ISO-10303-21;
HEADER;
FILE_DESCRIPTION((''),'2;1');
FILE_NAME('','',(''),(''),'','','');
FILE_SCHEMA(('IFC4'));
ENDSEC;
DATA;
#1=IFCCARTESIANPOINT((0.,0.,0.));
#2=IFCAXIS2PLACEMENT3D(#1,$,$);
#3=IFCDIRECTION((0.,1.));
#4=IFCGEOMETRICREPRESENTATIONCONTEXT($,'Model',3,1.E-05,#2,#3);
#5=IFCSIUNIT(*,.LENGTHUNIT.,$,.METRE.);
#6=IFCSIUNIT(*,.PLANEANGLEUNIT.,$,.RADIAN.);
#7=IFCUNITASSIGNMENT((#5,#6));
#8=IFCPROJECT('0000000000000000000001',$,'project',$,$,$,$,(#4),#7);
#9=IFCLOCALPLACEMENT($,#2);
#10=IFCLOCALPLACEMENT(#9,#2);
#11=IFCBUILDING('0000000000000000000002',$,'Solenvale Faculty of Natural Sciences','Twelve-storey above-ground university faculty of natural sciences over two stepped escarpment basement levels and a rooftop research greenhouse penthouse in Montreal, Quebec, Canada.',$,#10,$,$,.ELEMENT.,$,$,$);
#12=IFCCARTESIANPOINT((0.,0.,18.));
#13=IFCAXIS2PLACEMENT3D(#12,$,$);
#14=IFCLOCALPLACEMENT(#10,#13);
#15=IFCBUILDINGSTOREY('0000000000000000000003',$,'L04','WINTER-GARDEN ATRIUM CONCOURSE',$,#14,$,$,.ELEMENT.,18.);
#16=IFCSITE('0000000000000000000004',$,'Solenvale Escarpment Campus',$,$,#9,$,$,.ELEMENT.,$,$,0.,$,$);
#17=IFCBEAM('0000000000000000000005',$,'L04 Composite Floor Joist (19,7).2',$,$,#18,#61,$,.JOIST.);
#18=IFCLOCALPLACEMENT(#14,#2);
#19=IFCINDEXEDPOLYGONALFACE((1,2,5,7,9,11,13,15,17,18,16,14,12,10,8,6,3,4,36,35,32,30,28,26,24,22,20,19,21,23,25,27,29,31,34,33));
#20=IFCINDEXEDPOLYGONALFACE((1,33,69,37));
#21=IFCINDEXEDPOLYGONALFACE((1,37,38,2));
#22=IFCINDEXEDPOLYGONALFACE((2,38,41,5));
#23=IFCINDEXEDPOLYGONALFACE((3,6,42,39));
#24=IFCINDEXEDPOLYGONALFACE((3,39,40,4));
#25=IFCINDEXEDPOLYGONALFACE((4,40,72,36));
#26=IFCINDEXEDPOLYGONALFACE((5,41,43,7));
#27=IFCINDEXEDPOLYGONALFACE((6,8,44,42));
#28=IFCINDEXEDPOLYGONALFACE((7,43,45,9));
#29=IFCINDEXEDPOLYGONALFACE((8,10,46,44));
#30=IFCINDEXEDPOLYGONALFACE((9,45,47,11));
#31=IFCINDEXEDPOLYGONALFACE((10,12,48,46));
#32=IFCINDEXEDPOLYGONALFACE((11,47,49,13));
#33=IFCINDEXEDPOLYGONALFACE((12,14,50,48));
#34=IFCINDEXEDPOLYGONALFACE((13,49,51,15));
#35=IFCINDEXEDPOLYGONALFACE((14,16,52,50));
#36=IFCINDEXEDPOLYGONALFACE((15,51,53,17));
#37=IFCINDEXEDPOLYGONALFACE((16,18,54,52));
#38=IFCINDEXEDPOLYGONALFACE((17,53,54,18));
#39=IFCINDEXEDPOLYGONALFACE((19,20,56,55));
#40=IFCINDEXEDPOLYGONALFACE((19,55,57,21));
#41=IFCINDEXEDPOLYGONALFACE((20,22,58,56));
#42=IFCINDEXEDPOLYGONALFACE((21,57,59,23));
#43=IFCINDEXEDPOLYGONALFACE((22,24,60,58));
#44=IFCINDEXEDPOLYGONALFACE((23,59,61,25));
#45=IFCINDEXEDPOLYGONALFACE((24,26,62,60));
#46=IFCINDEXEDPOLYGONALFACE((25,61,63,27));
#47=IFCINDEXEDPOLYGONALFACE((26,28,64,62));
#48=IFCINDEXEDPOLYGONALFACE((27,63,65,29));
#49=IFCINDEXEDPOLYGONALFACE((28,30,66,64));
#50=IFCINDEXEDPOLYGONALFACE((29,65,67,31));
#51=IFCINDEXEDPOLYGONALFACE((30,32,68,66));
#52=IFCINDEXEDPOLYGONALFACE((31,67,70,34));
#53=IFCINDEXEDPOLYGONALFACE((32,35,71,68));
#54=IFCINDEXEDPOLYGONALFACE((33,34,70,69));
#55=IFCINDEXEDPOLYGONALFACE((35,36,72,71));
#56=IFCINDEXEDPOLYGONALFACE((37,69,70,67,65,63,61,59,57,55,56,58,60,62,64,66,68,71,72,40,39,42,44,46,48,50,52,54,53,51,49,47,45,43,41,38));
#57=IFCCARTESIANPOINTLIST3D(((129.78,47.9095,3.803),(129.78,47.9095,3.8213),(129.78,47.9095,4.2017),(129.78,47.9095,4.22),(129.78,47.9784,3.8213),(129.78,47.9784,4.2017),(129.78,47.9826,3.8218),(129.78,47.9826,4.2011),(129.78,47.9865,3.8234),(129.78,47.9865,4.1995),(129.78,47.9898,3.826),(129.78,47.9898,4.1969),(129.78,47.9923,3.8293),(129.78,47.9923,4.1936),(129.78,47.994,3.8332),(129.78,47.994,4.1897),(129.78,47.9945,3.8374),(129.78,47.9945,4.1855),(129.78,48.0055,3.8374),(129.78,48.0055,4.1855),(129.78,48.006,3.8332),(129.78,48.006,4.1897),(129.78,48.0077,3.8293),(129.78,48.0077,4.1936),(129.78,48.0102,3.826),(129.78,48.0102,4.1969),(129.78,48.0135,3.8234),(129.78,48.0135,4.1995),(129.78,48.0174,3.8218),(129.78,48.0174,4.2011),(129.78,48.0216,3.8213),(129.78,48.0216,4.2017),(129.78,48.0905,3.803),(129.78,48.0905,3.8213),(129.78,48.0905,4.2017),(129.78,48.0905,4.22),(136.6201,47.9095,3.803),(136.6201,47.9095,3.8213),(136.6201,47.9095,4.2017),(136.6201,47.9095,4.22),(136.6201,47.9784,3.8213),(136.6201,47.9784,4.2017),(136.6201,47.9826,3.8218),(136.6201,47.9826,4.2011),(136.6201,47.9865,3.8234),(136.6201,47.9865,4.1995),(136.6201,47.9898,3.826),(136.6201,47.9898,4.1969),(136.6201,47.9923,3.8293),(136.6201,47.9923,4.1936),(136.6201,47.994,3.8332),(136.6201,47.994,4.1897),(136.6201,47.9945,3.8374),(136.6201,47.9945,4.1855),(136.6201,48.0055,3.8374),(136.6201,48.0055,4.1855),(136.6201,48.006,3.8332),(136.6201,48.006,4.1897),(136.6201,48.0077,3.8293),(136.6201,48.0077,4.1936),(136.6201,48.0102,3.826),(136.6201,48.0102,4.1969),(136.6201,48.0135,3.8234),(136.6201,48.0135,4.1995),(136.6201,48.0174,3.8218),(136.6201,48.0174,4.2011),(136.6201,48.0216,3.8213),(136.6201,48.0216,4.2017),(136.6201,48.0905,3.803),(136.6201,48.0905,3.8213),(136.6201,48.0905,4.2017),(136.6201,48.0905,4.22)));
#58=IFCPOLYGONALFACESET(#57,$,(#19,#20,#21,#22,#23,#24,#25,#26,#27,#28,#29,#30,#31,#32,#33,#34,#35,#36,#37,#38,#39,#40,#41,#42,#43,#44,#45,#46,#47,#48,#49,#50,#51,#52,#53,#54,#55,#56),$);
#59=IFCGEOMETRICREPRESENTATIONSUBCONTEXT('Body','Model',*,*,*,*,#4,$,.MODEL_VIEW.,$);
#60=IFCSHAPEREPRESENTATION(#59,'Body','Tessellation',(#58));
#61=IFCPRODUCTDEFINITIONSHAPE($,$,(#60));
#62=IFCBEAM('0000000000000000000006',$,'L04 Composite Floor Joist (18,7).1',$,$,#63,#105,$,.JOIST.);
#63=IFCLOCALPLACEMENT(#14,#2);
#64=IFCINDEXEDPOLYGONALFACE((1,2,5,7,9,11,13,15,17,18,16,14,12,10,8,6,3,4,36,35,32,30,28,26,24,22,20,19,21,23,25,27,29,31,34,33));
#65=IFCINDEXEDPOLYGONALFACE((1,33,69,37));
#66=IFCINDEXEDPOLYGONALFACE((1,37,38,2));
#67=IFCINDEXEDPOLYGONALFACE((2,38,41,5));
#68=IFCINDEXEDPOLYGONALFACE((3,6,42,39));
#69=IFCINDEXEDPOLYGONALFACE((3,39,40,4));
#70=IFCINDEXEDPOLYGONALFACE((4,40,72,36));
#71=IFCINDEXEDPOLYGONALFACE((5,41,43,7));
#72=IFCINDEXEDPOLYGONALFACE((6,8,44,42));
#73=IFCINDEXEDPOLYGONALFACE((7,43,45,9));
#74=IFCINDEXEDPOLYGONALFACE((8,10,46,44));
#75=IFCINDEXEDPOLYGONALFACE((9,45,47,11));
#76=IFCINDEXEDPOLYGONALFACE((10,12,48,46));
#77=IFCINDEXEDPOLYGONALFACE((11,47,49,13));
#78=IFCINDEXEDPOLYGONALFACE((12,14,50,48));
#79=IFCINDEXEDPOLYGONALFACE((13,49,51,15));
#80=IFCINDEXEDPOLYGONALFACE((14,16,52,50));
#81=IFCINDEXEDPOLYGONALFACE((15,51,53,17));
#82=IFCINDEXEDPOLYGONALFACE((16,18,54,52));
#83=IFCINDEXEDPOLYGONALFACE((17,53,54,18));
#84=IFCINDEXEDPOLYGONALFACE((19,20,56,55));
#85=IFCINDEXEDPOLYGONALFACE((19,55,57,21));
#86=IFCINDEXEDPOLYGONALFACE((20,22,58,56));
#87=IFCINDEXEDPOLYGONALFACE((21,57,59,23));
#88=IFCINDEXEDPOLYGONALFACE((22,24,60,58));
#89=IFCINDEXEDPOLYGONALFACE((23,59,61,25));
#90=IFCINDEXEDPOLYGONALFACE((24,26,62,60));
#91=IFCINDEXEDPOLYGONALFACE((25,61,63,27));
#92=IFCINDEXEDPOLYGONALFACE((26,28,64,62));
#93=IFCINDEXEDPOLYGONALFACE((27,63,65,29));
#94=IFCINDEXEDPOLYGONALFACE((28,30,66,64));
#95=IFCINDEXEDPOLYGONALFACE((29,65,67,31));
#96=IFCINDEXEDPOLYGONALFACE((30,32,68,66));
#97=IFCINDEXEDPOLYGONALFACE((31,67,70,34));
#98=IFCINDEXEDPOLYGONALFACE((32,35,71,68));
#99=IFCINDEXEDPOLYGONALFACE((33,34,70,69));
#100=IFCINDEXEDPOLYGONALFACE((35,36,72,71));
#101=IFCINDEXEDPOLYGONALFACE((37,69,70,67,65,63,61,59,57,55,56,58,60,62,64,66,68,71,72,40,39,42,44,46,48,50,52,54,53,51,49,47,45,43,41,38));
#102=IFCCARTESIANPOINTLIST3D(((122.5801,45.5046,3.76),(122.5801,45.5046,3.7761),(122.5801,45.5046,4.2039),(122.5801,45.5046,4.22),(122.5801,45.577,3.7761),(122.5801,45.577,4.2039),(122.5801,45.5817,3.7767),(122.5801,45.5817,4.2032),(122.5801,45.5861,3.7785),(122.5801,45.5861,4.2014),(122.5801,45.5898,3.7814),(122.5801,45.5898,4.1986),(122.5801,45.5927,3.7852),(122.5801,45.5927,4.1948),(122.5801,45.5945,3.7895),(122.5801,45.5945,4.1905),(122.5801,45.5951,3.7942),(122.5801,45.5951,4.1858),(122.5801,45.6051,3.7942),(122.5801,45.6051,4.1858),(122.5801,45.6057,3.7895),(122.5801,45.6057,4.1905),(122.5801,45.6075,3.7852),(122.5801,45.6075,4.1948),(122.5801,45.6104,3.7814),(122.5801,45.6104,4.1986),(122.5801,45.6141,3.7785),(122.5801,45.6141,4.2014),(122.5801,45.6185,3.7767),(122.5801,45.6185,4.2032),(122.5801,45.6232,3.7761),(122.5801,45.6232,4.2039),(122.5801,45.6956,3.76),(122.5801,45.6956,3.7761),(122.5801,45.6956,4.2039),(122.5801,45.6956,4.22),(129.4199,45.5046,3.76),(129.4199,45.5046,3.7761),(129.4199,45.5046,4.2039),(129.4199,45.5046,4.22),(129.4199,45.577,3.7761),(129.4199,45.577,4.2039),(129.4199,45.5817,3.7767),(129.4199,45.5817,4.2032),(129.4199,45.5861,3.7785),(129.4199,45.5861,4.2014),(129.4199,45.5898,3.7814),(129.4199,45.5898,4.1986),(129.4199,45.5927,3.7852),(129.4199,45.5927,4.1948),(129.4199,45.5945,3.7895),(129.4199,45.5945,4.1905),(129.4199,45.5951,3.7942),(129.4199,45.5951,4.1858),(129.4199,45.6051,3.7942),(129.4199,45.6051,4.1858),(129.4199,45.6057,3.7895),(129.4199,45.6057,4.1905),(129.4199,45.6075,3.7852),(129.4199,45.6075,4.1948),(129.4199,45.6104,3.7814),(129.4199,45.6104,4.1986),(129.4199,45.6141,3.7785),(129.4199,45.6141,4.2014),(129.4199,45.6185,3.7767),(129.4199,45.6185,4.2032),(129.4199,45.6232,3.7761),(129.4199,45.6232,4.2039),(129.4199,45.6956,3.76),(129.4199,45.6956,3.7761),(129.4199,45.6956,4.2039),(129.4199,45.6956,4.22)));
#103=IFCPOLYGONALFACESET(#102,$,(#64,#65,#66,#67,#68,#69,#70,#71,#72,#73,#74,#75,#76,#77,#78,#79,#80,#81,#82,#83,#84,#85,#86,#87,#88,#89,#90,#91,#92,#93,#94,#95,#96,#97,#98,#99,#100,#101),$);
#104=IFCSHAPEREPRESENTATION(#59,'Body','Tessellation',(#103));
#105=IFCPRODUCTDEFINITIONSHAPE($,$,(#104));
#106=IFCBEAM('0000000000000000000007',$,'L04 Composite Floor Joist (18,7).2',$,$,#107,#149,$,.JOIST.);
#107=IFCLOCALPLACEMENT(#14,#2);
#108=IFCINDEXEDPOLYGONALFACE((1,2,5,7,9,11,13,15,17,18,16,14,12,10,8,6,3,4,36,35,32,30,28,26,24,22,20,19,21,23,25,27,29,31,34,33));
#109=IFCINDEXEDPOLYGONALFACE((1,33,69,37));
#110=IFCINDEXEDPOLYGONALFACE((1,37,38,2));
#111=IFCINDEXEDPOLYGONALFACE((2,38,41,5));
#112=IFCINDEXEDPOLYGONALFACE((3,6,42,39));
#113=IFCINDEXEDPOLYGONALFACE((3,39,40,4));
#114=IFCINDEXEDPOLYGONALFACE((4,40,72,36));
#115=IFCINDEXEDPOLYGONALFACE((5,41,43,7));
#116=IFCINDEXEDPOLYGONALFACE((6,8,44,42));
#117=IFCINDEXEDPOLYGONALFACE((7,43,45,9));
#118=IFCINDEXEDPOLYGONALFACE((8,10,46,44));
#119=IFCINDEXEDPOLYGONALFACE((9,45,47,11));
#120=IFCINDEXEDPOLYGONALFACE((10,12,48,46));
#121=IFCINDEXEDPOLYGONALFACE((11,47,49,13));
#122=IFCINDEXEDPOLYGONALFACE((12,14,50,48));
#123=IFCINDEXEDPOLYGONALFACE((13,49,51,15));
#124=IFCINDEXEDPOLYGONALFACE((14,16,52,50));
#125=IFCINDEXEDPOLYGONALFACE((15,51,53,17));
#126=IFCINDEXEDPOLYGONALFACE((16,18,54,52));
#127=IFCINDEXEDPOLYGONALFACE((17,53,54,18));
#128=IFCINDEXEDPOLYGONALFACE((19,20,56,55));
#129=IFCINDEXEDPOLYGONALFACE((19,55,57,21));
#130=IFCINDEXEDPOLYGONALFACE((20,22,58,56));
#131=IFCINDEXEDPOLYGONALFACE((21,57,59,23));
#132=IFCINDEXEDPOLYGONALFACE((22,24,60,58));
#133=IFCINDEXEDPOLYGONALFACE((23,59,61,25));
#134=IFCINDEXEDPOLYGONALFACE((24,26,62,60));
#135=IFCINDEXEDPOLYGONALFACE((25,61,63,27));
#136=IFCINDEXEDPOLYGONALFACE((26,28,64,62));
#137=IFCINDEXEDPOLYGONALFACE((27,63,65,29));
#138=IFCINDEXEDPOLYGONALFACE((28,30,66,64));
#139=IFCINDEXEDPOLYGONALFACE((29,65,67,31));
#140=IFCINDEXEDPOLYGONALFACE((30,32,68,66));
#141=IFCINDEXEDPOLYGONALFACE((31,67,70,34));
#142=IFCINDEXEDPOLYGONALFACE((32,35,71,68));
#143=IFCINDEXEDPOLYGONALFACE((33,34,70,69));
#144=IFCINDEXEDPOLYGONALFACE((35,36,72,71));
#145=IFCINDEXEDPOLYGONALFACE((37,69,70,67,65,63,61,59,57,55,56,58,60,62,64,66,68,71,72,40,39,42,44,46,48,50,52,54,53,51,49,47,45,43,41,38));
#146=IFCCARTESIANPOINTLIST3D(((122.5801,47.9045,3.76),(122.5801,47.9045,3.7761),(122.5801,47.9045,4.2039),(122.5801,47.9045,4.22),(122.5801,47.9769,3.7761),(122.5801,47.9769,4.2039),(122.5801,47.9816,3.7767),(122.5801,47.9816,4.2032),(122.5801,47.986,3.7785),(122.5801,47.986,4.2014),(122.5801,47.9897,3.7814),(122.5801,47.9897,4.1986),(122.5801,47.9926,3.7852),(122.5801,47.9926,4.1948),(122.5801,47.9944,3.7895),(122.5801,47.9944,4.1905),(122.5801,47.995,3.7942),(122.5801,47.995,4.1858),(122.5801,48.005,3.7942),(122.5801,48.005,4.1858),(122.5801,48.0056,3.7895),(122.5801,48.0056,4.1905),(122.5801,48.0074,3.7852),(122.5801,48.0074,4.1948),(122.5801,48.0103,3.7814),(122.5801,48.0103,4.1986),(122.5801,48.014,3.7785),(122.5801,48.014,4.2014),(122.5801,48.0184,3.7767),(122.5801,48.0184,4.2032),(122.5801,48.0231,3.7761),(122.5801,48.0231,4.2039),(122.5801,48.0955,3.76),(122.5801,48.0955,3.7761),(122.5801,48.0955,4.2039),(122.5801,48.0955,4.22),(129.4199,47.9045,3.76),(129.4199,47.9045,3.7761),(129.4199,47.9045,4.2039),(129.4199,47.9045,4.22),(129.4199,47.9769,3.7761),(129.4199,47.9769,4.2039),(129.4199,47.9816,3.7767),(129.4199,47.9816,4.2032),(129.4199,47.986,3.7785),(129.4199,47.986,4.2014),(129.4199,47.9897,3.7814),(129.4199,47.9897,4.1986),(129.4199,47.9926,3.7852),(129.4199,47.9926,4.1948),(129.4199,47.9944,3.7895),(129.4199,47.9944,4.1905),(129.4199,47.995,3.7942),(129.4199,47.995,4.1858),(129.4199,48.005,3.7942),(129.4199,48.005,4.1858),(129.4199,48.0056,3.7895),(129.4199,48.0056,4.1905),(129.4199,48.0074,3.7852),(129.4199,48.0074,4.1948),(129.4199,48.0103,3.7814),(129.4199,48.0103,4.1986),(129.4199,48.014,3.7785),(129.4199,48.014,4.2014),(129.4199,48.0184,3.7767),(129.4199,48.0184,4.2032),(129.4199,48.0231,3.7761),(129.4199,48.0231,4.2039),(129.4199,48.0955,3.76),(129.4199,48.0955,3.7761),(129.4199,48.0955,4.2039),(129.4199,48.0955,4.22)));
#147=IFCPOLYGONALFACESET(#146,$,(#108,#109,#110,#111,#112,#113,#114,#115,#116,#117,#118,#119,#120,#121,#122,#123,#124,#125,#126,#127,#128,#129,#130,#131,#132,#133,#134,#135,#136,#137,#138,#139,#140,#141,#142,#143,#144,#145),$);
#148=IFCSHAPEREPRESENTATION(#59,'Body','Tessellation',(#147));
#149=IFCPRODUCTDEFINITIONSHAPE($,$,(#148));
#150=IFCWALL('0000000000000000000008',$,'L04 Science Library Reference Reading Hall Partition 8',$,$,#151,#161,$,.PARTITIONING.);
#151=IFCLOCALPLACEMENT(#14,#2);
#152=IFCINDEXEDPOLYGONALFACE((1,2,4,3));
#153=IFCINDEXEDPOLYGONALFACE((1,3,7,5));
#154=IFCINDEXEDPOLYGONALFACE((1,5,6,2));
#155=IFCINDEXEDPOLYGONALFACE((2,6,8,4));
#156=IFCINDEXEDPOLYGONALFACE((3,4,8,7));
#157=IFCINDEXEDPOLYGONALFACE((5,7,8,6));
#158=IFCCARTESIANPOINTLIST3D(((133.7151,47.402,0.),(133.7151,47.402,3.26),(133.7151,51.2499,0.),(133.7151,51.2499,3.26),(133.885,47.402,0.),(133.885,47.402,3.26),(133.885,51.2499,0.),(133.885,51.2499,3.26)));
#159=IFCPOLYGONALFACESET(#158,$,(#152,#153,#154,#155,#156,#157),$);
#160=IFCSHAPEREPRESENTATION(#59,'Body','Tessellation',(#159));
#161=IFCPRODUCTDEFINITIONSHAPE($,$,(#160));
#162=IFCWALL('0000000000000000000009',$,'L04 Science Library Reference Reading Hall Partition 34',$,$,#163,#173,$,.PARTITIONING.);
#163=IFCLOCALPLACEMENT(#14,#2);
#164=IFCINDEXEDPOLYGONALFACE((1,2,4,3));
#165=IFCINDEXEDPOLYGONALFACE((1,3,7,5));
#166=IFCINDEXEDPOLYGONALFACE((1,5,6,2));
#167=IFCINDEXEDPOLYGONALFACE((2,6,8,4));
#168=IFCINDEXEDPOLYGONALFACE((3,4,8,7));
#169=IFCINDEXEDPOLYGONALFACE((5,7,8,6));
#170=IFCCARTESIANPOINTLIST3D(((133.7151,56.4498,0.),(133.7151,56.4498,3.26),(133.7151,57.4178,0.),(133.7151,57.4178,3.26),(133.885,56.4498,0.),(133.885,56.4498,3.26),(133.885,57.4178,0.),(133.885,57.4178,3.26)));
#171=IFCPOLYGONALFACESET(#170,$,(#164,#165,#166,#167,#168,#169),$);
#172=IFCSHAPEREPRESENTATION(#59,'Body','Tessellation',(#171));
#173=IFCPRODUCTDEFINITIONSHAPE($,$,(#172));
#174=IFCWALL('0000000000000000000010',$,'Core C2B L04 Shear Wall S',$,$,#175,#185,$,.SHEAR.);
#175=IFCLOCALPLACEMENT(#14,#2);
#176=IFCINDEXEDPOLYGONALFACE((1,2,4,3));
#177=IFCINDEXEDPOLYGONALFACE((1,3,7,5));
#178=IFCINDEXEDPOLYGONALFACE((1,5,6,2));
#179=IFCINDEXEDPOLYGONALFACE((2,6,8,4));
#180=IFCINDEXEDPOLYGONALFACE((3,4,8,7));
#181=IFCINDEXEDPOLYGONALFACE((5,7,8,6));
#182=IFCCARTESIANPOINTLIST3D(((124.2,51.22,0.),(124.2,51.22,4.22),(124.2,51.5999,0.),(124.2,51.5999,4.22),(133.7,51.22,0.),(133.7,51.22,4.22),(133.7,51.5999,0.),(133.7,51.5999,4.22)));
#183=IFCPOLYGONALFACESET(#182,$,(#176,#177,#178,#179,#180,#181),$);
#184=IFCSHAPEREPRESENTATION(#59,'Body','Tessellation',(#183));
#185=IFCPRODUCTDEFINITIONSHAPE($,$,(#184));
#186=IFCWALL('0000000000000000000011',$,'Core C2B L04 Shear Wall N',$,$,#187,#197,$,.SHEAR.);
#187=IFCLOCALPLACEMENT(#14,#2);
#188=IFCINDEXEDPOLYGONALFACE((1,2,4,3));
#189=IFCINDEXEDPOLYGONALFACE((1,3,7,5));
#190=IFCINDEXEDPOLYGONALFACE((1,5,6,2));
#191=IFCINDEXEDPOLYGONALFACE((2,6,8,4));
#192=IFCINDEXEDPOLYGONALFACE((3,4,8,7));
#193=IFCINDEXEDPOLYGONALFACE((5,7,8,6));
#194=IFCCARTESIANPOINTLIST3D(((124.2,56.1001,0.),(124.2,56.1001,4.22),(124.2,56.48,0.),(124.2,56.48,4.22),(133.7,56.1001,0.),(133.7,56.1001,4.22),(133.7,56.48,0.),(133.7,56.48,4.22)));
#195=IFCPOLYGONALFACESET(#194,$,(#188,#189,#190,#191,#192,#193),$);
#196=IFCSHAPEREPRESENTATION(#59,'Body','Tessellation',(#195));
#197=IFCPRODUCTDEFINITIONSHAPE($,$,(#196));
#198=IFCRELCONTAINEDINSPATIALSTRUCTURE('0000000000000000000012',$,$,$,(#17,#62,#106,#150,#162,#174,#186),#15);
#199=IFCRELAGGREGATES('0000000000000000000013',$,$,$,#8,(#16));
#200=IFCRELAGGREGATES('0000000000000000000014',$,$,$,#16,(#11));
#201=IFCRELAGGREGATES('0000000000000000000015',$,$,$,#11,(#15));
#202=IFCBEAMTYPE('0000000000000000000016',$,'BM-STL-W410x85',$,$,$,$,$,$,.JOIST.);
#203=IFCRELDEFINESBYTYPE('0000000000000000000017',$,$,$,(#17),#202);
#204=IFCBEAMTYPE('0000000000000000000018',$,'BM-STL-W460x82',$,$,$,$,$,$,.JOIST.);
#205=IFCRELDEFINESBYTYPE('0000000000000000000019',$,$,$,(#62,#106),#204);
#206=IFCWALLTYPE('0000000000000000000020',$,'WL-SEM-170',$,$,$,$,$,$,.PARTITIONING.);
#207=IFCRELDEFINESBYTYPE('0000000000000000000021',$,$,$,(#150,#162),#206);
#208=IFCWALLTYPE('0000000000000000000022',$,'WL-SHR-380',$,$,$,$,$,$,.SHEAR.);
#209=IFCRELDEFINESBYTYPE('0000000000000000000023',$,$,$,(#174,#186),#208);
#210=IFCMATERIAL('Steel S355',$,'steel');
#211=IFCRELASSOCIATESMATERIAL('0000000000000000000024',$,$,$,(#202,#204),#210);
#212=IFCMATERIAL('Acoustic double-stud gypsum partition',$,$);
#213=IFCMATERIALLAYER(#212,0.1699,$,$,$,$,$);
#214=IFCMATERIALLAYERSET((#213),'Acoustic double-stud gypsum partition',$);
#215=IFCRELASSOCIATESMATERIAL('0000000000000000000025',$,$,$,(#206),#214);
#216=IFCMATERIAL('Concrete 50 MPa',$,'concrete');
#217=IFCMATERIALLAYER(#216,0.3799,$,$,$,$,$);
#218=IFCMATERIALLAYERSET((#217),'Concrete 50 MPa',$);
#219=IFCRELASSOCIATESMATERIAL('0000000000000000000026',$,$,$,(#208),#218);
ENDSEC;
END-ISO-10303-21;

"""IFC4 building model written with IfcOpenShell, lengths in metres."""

from ifc_helpers import new_model, si_unit, direction, frame, frame_2d, origin, origin_2d, place, context, subcontext, project, spatial, rectangle, i_section, extrude, material, layer, layer_set, material_profile, profile_set, type_object, element, save


model = new_model("IFC4")

# Units and contexts
model_context = context("Model", 3, precision=1e-05, world=origin(), true_north=direction((0.0, 1.0)))
body_context = subcontext(model_context, "Body", "Model", "MODEL_VIEW")
ifc_project = project(units=[si_unit("LENGTHUNIT", "METRE"), si_unit("PLANEANGLEUNIT", "RADIAN")], contexts=[model_context])

# Site, building, storey
site_placement = place(None, origin())
site = spatial("IfcSite", under=ifc_project, at=site_placement, Name="Solenvale Escarpment Campus", CompositionType="ELEMENT", RefElevation=0.0)
building_placement = place(site_placement, origin())
building = spatial("IfcBuilding", under=site, at=building_placement, Name="Solenvale Faculty of Natural Sciences", Description="Twelve-storey above-ground university faculty of natural sciences over two stepped escarpment basement levels and a rooftop research greenhouse penthouse in Montreal, Quebec, Canada.", CompositionType="ELEMENT")
storey_placement = place(building_placement, frame((0.0, 0.0, 18.0)))
storey = spatial("IfcBuildingStorey", under=building, at=storey_placement, Name="L04", Description="WINTER-GARDEN ATRIUM CONCOURSE", CompositionType="ELEMENT", Elevation=18.0)

# Shared definitions
ifc_material_1 = material(Name="Concrete 50 MPa", Category="concrete")

# Beams
ifc_material_2 = material(Name="Steel S355", Category="steel")
ifc_material_profile_1 = material_profile(ifc_material_2, i_section(OverallWidth=0.1809, OverallDepth=0.417, WebThickness=0.011, FlangeThickness=0.0183, FilletRadius=0.0161, at=origin_2d()), Name="W410x85")
ifc_profile_set_1 = profile_set([ifc_material_profile_1], Name="Steel S355")
beam_type_1 = type_object("IfcBeamType", Name="BM-STL-W410x85", PredefinedType="JOIST", material=ifc_profile_set_1)
for number, where, z_axis, x_axis, name in (
    (1, (129.78, 48.0, 4.0115), (1.0, 0.0, 0.0), (0.0, 1.0, 0.0), "L04 Composite Floor Joist (19,7).2"),
):
    element("IfcBeam", number, at=place(storey_placement, frame(where, z_axis=z_axis, x_axis=x_axis)), inside=storey, type_object=beam_type_1, Name=name, PredefinedType="JOIST", context=body_context, shape_type="SweptSolid", body=[
        extrude(i_section(OverallWidth=0.1809, OverallDepth=0.417, WebThickness=0.011, FlangeThickness=0.0183, FilletRadius=0.0161, at=origin_2d()), origin(), (0.0, 0.0, 1.0), 6.8401),
    ])
ifc_material_profile_2 = material_profile(ifc_material_2, i_section(OverallWidth=0.1909, OverallDepth=0.46, WebThickness=0.01, FlangeThickness=0.0161, FilletRadius=0.0181, at=origin_2d()), Name="W460x82")
ifc_profile_set_2 = profile_set([ifc_material_profile_2], Name="Steel S355")
beam_type_2 = type_object("IfcBeamType", Name="BM-STL-W460x82", PredefinedType="JOIST", material=ifc_profile_set_2)
for number, where, z_axis, x_axis, name in (
    (2, (122.5801, 45.6001, 3.99), (1.0, 0.0, 0.0), (0.0, 1.0, 0.0), "L04 Composite Floor Joist (18,7).1"),
    (3, (122.5801, 48.0, 3.99), (1.0, 0.0, 0.0), (0.0, 1.0, 0.0), "L04 Composite Floor Joist (18,7).2"),
):
    element("IfcBeam", number, at=place(storey_placement, frame(where, z_axis=z_axis, x_axis=x_axis)), inside=storey, type_object=beam_type_2, Name=name, PredefinedType="JOIST", context=body_context, shape_type="SweptSolid", body=[
        extrude(i_section(OverallWidth=0.1909, OverallDepth=0.46, WebThickness=0.01, FlangeThickness=0.0161, FilletRadius=0.0181, at=origin_2d()), origin(), (0.0, 0.0, 1.0), 6.8398),
    ])

# Walls
ifc_material_3 = material(Name="Acoustic double-stud gypsum partition")
ifc_layer_1 = layer(ifc_material_3, 0.1699)
ifc_layer_set_1 = layer_set([ifc_layer_1], Name="Acoustic double-stud gypsum partition")
wall_type_1 = type_object("IfcWallType", Name="WL-SEM-170", PredefinedType="PARTITIONING", material=ifc_layer_set_1)
wall_1_placement = place(storey_placement, frame((133.8, 47.4021, 0.0), z_axis=(0.0, 0.0, 1.0), x_axis=(0.0, 1.0, 0.0)))
element("IfcWall", 4, at=wall_1_placement, inside=storey, type_object=wall_type_1, Name="L04 Science Library Reference Reading Hall Partition 8", PredefinedType="PARTITIONING", context=body_context, shape_type="SweptSolid", body=[
    extrude(rectangle(XDim=3.8479, YDim=0.1699, at=frame_2d((1.9238, 0.0))), origin(), (0.0, 0.0, 1.0), 3.26),
])
wall_2_placement = place(storey_placement, frame((133.8, 56.45, 0.0), z_axis=(0.0, 0.0, 1.0), x_axis=(0.0, 1.0, 0.0)))
element("IfcWall", 5, at=wall_2_placement, inside=storey, type_object=wall_type_1, Name="L04 Science Library Reference Reading Hall Partition 34", PredefinedType="PARTITIONING", context=body_context, shape_type="SweptSolid", body=[
    extrude(rectangle(XDim=0.968, YDim=0.1699, at=frame_2d((0.4839, 0.0))), origin(), (0.0, 0.0, 1.0), 3.26),
])
ifc_layer_2 = layer(ifc_material_1, 0.3799)
ifc_layer_set_2 = layer_set([ifc_layer_2], Name="Concrete 50 MPa")
wall_type_2 = type_object("IfcWallType", Name="WL-SHR-380", PredefinedType="SHEAR", material=ifc_layer_set_2)
for number, where, z_axis, x_axis, name in (
    (6, (124.2, 51.4099, 0.0), (0.0, 0.0, 1.0), (1.0, 0.0, 0.0), "Core C2B L04 Shear Wall S"),
    (7, (124.2, 56.29, 0.0), (0.0, 0.0, 1.0), (1.0, 0.0, 0.0), "Core C2B L04 Shear Wall N"),
):
    element("IfcWall", number, at=place(storey_placement, frame(where, z_axis=z_axis, x_axis=x_axis)), inside=storey, type_object=wall_type_2, Name=name, PredefinedType="SHEAR", context=body_context, shape_type="SweptSolid", body=[
        extrude(rectangle(XDim=9.5, YDim=0.3799, at=frame_2d((4.75, 0.0))), origin(), (0.0, 0.0, 1.0), 4.22),
    ])

save(model, "model.ifc")
